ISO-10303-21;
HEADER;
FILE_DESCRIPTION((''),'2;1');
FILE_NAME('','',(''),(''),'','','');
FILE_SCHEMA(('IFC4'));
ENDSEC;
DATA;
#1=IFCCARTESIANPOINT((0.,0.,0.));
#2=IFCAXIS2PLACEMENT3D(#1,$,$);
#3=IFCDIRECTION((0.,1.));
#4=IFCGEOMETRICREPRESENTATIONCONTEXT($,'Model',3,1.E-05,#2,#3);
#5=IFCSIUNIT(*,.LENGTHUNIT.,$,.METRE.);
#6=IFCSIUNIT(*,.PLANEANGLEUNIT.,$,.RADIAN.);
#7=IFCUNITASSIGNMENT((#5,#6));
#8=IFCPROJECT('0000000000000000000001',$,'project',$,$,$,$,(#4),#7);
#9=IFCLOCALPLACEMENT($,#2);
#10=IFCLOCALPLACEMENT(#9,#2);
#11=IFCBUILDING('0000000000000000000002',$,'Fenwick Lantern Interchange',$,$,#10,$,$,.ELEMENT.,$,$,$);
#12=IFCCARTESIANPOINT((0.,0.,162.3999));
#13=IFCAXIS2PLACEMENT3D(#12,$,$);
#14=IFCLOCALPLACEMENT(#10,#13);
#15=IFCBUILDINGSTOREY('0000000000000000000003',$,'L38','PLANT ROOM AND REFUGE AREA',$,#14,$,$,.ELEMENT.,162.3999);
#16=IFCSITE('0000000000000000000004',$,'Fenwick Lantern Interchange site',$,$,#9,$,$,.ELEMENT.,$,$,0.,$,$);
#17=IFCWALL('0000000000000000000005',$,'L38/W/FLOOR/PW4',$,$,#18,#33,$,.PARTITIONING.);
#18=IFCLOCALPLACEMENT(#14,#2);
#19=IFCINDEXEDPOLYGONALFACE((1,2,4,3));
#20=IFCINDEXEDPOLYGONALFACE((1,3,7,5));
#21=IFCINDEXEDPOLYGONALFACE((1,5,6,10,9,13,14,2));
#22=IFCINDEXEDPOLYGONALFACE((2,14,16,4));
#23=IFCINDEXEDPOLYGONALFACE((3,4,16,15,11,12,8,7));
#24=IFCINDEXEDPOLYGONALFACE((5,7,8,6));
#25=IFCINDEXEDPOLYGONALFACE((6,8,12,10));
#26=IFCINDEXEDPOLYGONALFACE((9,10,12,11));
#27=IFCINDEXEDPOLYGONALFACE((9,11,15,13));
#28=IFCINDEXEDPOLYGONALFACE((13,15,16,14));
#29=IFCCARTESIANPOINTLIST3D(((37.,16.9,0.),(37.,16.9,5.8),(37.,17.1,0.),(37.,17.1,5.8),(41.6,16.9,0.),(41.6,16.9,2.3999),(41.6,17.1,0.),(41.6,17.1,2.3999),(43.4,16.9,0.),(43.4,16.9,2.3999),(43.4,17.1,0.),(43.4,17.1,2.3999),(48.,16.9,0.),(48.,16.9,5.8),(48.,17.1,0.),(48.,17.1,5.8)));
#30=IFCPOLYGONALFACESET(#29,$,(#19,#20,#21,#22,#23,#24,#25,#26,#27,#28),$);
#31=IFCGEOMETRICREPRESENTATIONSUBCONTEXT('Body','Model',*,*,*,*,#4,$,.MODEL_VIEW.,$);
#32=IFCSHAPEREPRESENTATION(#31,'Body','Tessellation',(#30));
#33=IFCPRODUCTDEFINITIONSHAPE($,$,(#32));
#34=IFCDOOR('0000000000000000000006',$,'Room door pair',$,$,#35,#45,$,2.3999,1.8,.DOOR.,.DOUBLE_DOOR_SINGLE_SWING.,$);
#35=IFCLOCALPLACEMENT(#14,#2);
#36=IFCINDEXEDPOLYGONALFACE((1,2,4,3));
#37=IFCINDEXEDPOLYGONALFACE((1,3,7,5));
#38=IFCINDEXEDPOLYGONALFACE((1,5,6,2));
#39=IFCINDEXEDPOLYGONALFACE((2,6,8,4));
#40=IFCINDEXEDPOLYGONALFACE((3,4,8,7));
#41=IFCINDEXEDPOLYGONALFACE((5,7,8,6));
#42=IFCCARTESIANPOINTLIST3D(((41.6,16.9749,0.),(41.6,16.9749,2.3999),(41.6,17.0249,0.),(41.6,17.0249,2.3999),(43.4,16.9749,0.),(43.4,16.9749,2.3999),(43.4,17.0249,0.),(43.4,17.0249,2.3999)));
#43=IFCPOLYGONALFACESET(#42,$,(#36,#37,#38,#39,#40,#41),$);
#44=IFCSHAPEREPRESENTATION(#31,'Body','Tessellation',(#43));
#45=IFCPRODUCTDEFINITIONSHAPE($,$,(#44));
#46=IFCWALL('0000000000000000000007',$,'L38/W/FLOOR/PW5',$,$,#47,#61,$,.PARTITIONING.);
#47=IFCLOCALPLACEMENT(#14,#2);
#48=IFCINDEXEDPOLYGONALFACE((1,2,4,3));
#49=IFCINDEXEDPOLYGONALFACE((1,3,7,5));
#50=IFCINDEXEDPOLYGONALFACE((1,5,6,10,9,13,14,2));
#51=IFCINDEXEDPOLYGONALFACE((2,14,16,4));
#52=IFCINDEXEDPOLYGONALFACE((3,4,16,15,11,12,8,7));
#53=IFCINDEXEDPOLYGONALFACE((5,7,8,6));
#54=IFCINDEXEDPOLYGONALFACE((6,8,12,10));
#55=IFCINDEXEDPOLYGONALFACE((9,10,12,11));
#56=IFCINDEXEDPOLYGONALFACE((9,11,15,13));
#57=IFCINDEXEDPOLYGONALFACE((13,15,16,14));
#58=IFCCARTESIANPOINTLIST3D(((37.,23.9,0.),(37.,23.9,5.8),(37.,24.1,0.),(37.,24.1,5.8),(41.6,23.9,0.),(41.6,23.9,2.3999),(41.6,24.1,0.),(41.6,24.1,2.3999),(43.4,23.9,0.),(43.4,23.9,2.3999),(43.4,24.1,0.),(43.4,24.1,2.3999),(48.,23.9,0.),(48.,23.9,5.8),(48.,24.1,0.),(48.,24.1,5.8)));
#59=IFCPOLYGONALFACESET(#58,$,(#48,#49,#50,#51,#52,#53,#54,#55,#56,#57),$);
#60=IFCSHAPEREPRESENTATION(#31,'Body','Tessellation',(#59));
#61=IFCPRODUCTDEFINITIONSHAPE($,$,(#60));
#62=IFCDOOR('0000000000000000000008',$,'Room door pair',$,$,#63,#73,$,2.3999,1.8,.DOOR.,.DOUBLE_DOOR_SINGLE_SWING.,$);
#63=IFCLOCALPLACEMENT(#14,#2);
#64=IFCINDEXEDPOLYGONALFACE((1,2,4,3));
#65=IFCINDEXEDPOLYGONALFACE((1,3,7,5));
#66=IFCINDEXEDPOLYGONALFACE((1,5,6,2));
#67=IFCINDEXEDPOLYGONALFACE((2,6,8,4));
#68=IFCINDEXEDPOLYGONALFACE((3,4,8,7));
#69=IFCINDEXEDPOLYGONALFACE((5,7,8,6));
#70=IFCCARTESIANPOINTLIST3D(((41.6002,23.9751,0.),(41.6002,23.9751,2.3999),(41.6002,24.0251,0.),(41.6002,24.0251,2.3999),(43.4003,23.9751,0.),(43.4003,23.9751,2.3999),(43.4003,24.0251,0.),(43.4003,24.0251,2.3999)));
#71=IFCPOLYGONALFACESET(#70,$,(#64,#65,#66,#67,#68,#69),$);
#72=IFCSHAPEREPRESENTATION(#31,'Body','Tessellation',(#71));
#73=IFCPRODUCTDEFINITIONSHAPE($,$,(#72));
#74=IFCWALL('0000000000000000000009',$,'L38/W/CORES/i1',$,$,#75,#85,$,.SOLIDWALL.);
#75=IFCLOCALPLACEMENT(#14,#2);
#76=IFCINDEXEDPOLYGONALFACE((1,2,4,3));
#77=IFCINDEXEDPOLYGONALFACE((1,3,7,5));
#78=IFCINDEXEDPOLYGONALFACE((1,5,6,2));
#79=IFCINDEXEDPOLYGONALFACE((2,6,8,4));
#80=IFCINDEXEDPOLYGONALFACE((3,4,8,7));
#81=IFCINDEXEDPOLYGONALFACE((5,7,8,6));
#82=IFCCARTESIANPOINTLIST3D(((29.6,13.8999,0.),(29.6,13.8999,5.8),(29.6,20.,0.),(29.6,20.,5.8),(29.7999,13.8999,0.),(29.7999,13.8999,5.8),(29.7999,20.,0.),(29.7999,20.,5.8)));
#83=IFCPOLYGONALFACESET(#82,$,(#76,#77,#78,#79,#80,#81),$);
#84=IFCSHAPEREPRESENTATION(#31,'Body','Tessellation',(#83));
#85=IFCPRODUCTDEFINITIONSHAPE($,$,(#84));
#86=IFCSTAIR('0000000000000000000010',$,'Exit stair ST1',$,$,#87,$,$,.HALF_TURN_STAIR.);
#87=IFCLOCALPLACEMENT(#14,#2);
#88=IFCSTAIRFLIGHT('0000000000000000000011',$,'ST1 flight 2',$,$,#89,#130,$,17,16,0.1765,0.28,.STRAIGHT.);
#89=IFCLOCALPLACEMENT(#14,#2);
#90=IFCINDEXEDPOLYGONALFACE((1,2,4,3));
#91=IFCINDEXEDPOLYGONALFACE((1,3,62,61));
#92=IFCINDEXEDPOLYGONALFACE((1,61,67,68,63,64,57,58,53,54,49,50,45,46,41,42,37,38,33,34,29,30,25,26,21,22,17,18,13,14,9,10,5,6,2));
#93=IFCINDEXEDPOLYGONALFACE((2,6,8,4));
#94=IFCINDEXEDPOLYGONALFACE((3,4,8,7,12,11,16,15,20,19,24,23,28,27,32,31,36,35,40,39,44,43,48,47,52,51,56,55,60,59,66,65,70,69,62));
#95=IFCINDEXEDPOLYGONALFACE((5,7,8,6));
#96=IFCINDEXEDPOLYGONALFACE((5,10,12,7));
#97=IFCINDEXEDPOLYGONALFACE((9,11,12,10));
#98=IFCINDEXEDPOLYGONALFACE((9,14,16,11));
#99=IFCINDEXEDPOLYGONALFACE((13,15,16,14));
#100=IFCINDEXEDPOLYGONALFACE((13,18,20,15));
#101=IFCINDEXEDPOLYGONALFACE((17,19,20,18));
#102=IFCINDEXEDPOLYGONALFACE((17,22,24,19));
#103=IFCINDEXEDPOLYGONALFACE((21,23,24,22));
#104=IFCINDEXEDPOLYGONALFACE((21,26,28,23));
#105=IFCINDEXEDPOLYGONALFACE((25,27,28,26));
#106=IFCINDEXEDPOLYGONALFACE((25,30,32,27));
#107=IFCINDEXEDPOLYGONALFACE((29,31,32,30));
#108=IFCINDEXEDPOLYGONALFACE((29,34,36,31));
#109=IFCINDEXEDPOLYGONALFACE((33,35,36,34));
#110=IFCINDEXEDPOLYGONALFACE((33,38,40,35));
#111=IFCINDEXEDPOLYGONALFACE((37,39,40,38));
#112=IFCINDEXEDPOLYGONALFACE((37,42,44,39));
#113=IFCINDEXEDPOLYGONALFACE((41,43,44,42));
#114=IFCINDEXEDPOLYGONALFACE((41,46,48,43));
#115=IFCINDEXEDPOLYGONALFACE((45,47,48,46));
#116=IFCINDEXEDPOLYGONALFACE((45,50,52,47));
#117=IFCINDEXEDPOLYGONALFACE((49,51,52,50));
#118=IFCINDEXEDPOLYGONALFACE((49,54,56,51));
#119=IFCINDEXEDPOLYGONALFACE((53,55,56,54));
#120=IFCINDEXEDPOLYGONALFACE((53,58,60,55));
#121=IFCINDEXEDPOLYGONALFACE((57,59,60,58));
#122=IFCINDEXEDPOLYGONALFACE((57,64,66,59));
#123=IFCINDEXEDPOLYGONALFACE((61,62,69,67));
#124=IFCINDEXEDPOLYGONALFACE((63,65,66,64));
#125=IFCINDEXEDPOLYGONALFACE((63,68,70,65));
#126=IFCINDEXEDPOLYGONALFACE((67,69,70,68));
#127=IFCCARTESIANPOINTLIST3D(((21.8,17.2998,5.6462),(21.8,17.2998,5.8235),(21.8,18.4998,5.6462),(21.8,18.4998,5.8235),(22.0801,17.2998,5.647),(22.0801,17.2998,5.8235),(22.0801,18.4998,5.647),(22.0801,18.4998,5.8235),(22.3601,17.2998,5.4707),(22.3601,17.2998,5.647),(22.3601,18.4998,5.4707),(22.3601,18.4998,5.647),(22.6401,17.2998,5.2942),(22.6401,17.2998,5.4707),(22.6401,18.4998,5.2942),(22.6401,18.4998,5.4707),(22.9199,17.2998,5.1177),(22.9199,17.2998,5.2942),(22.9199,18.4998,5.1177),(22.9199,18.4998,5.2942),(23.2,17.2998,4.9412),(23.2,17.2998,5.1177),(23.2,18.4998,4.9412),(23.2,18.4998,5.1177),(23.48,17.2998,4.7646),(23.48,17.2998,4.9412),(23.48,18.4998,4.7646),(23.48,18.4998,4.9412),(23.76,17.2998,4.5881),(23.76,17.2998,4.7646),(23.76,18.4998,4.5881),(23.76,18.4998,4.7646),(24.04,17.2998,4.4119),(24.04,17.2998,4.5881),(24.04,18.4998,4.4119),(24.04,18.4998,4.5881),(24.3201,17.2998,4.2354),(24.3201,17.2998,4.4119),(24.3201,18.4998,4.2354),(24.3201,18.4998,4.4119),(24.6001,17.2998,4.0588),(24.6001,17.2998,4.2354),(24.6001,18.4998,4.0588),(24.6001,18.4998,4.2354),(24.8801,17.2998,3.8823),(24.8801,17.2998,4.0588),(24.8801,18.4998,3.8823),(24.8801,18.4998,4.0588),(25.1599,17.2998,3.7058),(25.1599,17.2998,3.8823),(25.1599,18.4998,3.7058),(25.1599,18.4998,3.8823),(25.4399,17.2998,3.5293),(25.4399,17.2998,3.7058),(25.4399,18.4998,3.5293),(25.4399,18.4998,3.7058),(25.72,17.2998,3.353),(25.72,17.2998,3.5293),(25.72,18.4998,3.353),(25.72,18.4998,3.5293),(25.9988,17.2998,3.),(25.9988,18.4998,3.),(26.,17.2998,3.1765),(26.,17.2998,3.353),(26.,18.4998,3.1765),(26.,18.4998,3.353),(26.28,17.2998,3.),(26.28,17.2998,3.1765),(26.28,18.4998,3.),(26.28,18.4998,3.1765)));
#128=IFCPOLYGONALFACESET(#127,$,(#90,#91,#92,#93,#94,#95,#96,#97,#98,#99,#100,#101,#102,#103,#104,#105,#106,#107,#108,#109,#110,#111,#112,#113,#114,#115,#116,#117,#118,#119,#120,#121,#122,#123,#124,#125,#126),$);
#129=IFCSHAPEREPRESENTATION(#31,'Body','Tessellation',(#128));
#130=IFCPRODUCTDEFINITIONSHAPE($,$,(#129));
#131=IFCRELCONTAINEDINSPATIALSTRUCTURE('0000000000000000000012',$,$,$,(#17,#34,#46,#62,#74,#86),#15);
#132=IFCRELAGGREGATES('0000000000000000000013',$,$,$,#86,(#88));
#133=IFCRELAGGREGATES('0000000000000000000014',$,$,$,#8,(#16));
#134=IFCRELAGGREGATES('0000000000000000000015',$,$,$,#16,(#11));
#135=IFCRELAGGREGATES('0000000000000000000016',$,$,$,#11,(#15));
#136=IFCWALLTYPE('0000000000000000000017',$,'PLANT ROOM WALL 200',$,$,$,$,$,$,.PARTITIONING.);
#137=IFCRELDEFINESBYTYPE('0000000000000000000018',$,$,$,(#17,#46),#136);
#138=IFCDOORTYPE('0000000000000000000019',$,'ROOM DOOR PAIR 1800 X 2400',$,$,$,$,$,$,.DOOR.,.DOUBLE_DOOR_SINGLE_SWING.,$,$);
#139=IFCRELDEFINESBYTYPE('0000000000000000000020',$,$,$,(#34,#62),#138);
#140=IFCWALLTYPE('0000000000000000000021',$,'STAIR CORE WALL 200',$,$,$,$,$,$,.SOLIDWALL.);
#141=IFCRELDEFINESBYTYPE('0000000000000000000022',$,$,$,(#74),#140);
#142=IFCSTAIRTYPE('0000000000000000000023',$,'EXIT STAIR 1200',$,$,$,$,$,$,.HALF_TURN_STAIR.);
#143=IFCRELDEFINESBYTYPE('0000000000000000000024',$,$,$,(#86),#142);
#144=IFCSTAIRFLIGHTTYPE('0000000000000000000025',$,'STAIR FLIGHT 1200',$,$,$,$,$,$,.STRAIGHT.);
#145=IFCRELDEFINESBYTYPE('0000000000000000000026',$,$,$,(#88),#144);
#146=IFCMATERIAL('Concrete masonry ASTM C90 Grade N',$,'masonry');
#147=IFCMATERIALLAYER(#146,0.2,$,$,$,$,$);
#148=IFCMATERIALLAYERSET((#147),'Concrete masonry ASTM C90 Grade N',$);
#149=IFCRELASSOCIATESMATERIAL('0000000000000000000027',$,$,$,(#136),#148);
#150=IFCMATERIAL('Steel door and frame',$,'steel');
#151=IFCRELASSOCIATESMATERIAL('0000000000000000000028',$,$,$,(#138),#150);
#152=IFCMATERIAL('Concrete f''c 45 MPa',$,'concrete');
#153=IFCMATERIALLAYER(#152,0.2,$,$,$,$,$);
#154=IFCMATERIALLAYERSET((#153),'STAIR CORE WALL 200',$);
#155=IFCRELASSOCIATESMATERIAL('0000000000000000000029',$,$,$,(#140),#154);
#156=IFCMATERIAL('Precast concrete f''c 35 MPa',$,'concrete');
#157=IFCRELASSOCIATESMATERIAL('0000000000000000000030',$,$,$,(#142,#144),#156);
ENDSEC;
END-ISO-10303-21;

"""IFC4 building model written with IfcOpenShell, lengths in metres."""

from ifc_helpers import new_model, si_unit, direction, frame, frame_2d, origin, place, context, subcontext, project, spatial, polyline, rectangle, outline, extrude, material, layer, layer_set, type_object, element, fill, aggregate, save


model = new_model("IFC4")

# Units and contexts
model_context = context("Model", 3, precision=1e-05, world=origin(), true_north=direction((0.0, 1.0)))
body_context = subcontext(model_context, "Body", "Model", "MODEL_VIEW")
ifc_project = project(units=[si_unit("LENGTHUNIT", "METRE"), si_unit("PLANEANGLEUNIT", "RADIAN")], contexts=[model_context])

# Site, building, storey
site_placement = place(None, origin())
site = spatial("IfcSite", under=ifc_project, at=site_placement, Name="Fenwick Lantern Interchange site", CompositionType="ELEMENT", RefElevation=0.0)
building_placement = place(site_placement, origin())
building = spatial("IfcBuilding", under=site, at=building_placement, Name="Fenwick Lantern Interchange", CompositionType="ELEMENT")
storey_placement = place(building_placement, frame((0.0, 0.0, 162.3999)))
storey = spatial("IfcBuildingStorey", under=building, at=storey_placement, Name="L38", Description="PLANT ROOM AND REFUGE AREA", CompositionType="ELEMENT", Elevation=162.3999)

# Shared definitions
ifc_material_1 = material(Name="Concrete masonry ASTM C90 Grade N", Category="masonry")
ifc_material_2 = material(Name="Steel door and frame", Category="steel")

# Shared definitions
ifc_layer_1 = layer(ifc_material_1, 0.2)
ifc_layer_set_1 = layer_set([ifc_layer_1], Name="Concrete masonry ASTM C90 Grade N")
wall_type_1 = type_object("IfcWallType", Name="PLANT ROOM WALL 200", PredefinedType="PARTITIONING", material=ifc_layer_set_1)

# Walls, openings, doors
wall_1_placement = place(storey_placement, frame((37.0, 17.0, 0.0), z_axis=(0.0, 0.0, 1.0), x_axis=(1.0, 0.0, 0.0)))
wall_1 = element("IfcWall", 1, at=wall_1_placement, inside=storey, type_object=wall_type_1, Name="L38/W/FLOOR/PW4", PredefinedType="PARTITIONING", context=body_context, shape_type="SweptSolid", body=[
    extrude(rectangle(XDim=11.0, YDim=0.2, at=frame_2d((5.5, 0.0))), origin(), (0.0, 0.0, 1.0), 5.8),
])
opening_1_placement = place(wall_1_placement, frame((4.6001, 0.0, 0.0)))
opening_1 = element("IfcOpeningElement", 2, at=opening_1_placement, cuts=wall_1, PredefinedType="OPENING", context=body_context, shape_type="SweptSolid", body=[
    extrude(rectangle(XDim=1.8, YDim=2.3999, at=frame_2d((0.8999, 1.2))), frame((0.0, 0.1099, 0.0), z_axis=(0.0, -1.0, 0.0), x_axis=(1.0, 0.0, 0.0)), (0.0, 0.0, 1.0), 0.22),
])
door_type_1 = type_object("IfcDoorType", Name="ROOM DOOR PAIR 1800 X 2400", OperationType="DOUBLE_DOOR_SINGLE_SWING", PredefinedType="DOOR", material=ifc_material_2)
door_1_placement = place(opening_1_placement, origin())
door_1 = element("IfcDoor", 3, at=door_1_placement, inside=storey, type_object=door_type_1, Name="Room door pair", OperationType="DOUBLE_DOOR_SINGLE_SWING", OverallHeight=2.3999, OverallWidth=1.8, PredefinedType="DOOR", context=body_context, shape_type="SweptSolid", body=[
    extrude(rectangle(XDim=1.8, YDim=2.3999, at=frame_2d((0.8999, 1.2))), frame((0.0, 0.0249, 0.0), z_axis=(0.0, -1.0, 0.0), x_axis=(1.0, 0.0, 0.0)), (0.0, 0.0, 1.0), 0.05),
])
fill(opening_1, door_1)
wall_2_placement = place(storey_placement, frame((37.0, 24.0, 0.0), z_axis=(0.0, 0.0, 1.0), x_axis=(1.0, 0.0, 0.0)))
wall_2 = element("IfcWall", 4, at=wall_2_placement, inside=storey, type_object=wall_type_1, Name="L38/W/FLOOR/PW5", PredefinedType="PARTITIONING", context=body_context, shape_type="SweptSolid", body=[
    extrude(rectangle(XDim=11.0, YDim=0.2, at=frame_2d((5.5, 0.0))), origin(), (0.0, 0.0, 1.0), 5.8),
])
opening_2_placement = place(wall_2_placement, frame((4.6001, 0.0, 0.0)))
opening_2 = element("IfcOpeningElement", 5, at=opening_2_placement, cuts=wall_2, PredefinedType="OPENING", context=body_context, shape_type="SweptSolid", body=[
    extrude(rectangle(XDim=1.8, YDim=2.3999, at=frame_2d((0.8999, 1.2))), frame((0.0, 0.1099, 0.0), z_axis=(0.0, -1.0, 0.0), x_axis=(1.0, 0.0, 0.0)), (0.0, 0.0, 1.0), 0.22),
])
door_2_placement = place(opening_2_placement, frame((1.8, 0.0, 0.0), z_axis=(0.0, 0.0, 1.0), x_axis=(-1.0, 0.0, 0.0)))
door_2 = element("IfcDoor", 6, at=door_2_placement, inside=storey, type_object=door_type_1, Name="Room door pair", OperationType="DOUBLE_DOOR_SINGLE_SWING", OverallHeight=2.3999, OverallWidth=1.8, PredefinedType="DOOR", context=body_context, shape_type="SweptSolid", body=[
    extrude(rectangle(XDim=1.8, YDim=2.3999, at=frame_2d((0.8999, 1.2))), frame((0.0, 0.0249, 0.0), z_axis=(0.0, -1.0, 0.0), x_axis=(1.0, 0.0, 0.0)), (0.0, 0.0, 1.0), 0.05),
])
fill(opening_2, door_2)

# Wall
ifc_material_3 = material(Name="Concrete f'c 45 MPa", Category="concrete")
ifc_layer_2 = layer(ifc_material_3, 0.2)
ifc_layer_set_2 = layer_set([ifc_layer_2], Name="STAIR CORE WALL 200")
wall_type_2 = type_object("IfcWallType", Name="STAIR CORE WALL 200", PredefinedType="SOLIDWALL", material=ifc_layer_set_2)
wall_3_placement = place(storey_placement, frame((29.7, 13.8999, 0.0), z_axis=(0.0, 0.0, 1.0), x_axis=(0.0, 1.0, 0.0)))
element("IfcWall", 7, at=wall_3_placement, inside=storey, type_object=wall_type_2, Name="L38/W/CORES/i1", PredefinedType="SOLIDWALL", context=body_context, shape_type="SweptSolid", body=[
    extrude(rectangle(XDim=6.1001, YDim=0.2, at=frame_2d((3.05, 0.0))), origin(), (0.0, 0.0, 1.0), 5.8),
])

# Stair, stair flight
ifc_material_4 = material(Name="Precast concrete f'c 35 MPa", Category="concrete")
stair_type = type_object("IfcStairType", Name="EXIT STAIR 1200", PredefinedType="HALF_TURN_STAIR", material=ifc_material_4)
stair_placement = place(storey_placement, origin())
stair = element("IfcStair", 8, at=stair_placement, inside=storey, type_object=stair_type, Name="Exit stair ST1", PredefinedType="HALF_TURN_STAIR")
stair_flight_type = type_object("IfcStairFlightType", Name="STAIR FLIGHT 1200", PredefinedType="STRAIGHT", material=ifc_material_4)
stair_flight_placement = place(storey_placement, frame((26.28, 17.8999, 3.0), z_axis=(0.0, 0.0, 1.0), x_axis=(-1.0, 0.0, 0.0)))
stair_flight = element("IfcStairFlight", 9, at=stair_flight_placement, type_object=stair_flight_type, Name="ST1 flight 2", NumberOfRisers=17, NumberOfTreads=16, PredefinedType="STRAIGHT", RiserHeight=0.1765, TreadLength=0.28, context=body_context, shape_type="SweptSolid", body=[
    extrude(outline(polyline([(0.0, 0.0), (0.0, 0.1765), (0.28, 0.1765), (0.28, 0.353), (0.5601, 0.353), (0.5601, 0.5293), (0.8401, 0.5293), (0.8401, 0.7058), (1.1201, 0.7058), (1.1201, 0.8823), (1.3999, 0.8823), (1.3999, 1.0588), (1.6799, 1.0588), (1.6799, 1.2354), (1.96, 1.2354), (1.96, 1.4119), (2.24, 1.4119), (2.24, 1.5881), (2.52, 1.5881), (2.52, 1.7646), (2.8, 1.7646), (2.8, 1.9412), (3.0801, 1.9412), (3.0801, 2.1177), (3.3601, 2.1177), (3.3601, 2.2942), (3.6399, 2.2942), (3.6399, 2.4707), (3.9199, 2.4707), (3.9199, 2.647), (4.2, 2.647), (4.2, 2.8235), (4.48, 2.8235), (4.48, 3.0), (4.48, 2.6462), (0.2812, 0.0), (0.0, 0.0)])), frame((0.0, 0.6001, 0.0), z_axis=(0.0, -1.0, 0.0), x_axis=(1.0, 0.0, 0.0)), (0.0, 0.0, 1.0), 1.2),
])
aggregate(stair, [stair_flight])

save(model, "model.ifc")
